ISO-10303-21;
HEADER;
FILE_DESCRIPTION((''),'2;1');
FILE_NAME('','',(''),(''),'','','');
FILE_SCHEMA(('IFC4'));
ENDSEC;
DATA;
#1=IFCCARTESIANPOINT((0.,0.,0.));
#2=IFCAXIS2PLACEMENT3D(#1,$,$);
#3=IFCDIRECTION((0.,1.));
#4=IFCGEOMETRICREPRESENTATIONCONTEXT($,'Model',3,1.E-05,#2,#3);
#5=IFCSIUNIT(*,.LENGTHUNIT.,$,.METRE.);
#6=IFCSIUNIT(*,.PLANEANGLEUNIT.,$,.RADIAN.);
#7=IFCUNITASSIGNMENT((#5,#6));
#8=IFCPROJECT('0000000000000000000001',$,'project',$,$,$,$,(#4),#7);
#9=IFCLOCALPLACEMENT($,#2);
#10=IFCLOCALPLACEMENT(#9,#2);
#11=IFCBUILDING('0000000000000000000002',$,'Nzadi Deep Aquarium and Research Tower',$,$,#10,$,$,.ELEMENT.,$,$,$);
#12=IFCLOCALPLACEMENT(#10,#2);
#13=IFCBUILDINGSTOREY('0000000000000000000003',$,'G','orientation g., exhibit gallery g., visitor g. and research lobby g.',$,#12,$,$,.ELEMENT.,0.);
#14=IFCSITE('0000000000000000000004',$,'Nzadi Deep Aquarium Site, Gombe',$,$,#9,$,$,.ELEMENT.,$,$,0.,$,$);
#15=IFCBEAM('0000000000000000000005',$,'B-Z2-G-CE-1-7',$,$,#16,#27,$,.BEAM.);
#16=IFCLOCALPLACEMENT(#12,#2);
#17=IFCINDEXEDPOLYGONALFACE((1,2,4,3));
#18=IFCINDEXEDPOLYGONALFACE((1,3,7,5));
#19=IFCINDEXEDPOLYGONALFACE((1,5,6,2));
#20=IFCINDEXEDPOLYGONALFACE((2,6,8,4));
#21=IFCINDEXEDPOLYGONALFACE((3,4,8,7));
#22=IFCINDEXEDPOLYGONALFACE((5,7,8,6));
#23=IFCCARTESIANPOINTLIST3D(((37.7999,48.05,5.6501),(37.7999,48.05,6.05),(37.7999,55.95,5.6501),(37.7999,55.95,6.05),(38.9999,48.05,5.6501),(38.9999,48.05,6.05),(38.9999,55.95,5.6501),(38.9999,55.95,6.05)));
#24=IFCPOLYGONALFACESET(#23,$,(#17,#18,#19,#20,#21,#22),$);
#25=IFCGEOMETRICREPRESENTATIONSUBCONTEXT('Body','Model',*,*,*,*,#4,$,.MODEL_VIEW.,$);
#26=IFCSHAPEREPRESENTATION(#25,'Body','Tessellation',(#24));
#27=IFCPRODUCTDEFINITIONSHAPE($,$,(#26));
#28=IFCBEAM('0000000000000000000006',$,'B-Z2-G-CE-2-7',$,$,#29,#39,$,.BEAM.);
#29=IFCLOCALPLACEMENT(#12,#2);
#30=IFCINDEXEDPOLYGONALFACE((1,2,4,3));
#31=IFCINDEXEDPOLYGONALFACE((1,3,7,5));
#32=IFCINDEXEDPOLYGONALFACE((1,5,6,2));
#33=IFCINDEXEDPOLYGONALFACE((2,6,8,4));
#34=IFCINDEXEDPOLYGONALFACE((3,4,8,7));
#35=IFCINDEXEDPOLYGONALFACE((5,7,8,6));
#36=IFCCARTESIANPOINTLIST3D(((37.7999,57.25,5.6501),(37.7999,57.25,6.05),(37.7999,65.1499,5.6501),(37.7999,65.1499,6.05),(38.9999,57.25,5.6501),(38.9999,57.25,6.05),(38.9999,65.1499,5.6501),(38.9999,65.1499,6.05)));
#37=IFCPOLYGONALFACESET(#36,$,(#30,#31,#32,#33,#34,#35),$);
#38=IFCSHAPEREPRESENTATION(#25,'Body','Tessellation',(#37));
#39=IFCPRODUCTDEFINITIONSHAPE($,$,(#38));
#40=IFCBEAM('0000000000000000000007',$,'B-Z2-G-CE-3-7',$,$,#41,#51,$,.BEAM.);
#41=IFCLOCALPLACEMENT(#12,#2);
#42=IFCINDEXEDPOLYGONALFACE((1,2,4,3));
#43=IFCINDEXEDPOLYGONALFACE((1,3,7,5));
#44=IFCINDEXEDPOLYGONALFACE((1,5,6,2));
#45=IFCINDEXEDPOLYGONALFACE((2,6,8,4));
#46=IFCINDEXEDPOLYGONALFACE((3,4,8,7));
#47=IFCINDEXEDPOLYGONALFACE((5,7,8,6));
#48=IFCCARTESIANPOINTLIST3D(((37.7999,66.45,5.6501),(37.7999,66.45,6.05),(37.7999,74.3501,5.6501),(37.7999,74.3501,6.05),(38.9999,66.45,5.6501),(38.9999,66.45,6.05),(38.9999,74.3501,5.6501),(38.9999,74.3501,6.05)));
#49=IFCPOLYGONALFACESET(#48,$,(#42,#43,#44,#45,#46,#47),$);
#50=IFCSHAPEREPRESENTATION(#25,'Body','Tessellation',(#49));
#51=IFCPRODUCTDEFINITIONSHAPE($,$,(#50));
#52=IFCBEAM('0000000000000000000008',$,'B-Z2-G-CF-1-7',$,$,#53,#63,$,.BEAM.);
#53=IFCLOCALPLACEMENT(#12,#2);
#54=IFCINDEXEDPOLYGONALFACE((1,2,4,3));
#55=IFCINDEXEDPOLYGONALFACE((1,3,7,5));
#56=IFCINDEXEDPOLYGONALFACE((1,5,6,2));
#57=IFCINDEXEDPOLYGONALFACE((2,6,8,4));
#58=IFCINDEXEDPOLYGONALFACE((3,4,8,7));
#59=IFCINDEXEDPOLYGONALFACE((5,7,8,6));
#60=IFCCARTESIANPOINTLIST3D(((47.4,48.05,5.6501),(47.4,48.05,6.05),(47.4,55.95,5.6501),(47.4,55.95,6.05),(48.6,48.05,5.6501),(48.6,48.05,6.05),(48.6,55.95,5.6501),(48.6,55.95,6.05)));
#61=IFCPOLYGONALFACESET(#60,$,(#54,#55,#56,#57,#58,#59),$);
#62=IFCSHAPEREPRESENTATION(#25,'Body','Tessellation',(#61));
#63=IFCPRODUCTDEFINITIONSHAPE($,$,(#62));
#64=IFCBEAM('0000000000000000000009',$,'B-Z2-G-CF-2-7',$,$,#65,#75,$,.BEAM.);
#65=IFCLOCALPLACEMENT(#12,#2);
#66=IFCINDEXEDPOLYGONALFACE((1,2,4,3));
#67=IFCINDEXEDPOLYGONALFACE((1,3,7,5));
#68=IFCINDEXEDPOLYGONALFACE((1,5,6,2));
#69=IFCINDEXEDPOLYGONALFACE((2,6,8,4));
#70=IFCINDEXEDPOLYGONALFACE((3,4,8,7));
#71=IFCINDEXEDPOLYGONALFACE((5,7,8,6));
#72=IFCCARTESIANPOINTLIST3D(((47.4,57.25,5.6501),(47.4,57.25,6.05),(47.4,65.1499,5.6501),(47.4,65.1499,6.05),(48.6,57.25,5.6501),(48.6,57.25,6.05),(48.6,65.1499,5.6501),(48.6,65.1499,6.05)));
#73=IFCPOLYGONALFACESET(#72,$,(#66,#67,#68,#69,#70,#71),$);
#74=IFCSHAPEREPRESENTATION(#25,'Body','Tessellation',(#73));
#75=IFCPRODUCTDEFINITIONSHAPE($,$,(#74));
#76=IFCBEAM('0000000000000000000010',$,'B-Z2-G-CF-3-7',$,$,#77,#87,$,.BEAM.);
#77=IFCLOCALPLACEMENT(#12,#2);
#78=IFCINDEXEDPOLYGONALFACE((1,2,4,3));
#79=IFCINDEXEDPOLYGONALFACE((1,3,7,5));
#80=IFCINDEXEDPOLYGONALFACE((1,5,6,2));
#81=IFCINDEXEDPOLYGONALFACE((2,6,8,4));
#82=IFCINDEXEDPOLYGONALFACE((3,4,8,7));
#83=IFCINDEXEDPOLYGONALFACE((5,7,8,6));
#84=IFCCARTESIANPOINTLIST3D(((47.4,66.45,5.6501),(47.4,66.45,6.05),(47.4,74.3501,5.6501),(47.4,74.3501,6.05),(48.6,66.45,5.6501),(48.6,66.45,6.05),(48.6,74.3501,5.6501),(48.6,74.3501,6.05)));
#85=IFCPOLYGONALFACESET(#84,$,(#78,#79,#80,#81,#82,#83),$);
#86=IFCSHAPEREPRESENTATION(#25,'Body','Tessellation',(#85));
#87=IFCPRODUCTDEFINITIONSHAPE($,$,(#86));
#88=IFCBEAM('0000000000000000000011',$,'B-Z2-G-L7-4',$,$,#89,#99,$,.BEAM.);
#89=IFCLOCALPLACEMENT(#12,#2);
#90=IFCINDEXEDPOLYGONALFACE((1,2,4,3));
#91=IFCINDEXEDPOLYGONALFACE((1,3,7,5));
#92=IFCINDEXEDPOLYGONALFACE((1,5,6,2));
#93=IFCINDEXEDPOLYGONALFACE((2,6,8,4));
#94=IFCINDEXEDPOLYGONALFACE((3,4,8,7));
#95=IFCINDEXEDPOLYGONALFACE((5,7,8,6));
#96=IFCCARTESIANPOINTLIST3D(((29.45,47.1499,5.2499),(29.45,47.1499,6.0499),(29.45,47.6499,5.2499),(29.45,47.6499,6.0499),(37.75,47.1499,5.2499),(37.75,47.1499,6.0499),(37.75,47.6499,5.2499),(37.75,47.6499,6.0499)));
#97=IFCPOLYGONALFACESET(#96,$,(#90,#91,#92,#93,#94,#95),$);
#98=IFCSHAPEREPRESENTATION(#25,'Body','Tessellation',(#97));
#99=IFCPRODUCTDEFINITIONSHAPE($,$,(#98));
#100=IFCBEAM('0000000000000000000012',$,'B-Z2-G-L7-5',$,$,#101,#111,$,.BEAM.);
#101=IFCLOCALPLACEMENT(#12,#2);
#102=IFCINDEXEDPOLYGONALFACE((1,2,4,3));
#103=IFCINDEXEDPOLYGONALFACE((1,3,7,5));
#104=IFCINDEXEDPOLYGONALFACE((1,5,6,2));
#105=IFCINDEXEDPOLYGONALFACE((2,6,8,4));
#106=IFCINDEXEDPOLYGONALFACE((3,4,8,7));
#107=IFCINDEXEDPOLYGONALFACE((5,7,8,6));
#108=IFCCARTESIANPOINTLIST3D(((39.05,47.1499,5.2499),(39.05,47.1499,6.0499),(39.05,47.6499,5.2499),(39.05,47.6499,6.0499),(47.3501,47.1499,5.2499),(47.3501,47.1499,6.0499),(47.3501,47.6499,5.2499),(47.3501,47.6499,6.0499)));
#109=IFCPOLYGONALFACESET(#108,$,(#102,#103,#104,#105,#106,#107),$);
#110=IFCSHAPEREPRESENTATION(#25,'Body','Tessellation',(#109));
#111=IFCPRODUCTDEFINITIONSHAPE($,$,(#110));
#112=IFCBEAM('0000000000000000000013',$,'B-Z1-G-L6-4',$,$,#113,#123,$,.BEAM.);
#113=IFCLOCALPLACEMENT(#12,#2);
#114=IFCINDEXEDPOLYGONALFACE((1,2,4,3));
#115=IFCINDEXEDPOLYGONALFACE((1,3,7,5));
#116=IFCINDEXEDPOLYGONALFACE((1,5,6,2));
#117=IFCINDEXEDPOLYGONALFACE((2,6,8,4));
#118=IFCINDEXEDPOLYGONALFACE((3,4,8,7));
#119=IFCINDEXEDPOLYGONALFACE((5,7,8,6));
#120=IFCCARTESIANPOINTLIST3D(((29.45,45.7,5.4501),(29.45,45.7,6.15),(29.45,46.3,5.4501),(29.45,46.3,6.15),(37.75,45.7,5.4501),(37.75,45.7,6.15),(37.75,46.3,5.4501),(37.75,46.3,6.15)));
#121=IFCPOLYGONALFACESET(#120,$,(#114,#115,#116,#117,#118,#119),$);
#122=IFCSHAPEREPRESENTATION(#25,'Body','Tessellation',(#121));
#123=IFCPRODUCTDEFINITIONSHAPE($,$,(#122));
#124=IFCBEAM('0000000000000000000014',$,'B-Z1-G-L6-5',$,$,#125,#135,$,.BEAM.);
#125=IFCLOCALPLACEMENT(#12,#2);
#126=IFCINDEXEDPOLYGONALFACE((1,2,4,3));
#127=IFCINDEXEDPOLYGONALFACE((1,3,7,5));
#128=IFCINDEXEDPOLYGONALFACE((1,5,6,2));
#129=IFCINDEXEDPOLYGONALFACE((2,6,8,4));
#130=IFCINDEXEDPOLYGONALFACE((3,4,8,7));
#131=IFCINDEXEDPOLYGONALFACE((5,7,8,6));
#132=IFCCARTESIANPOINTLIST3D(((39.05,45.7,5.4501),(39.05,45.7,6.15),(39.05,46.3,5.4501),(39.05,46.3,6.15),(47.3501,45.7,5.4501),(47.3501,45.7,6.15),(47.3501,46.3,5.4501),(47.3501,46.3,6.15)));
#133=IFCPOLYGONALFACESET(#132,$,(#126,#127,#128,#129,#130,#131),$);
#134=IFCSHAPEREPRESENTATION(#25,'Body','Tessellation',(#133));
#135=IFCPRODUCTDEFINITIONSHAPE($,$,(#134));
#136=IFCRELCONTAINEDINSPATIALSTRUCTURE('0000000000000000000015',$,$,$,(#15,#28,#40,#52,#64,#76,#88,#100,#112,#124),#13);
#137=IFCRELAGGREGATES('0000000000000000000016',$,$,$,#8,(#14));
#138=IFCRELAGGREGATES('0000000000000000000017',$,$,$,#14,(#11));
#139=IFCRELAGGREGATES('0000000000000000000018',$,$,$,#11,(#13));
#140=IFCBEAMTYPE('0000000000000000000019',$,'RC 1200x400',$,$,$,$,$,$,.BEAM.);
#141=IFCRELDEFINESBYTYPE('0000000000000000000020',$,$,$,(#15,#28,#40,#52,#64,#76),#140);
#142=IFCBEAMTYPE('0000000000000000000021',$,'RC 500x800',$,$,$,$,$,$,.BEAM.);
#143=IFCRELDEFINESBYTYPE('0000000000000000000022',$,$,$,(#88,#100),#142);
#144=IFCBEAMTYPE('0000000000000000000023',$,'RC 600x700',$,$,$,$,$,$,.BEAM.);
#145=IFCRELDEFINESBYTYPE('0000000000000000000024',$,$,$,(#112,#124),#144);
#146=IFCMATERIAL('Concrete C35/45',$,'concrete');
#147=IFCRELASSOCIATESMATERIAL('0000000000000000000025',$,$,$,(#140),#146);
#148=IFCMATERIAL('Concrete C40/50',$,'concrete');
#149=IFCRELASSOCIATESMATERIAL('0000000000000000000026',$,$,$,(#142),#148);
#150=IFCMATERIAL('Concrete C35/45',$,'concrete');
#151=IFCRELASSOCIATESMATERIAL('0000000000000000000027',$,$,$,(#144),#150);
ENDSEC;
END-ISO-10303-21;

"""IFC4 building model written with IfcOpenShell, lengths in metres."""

from ifc_helpers import new_model, si_unit, direction, frame, origin, origin_2d, place, context, subcontext, project, spatial, rectangle, extrude, material, material_profile, profile_set, type_object, element, save


model = new_model("IFC4")

# Units and contexts
model_context = context("Model", 3, precision=1e-05, world=origin(), true_north=direction((0.0, 1.0)))
body_context = subcontext(model_context, "Body", "Model", "MODEL_VIEW")
ifc_project = project(units=[si_unit("LENGTHUNIT", "METRE"), si_unit("PLANEANGLEUNIT", "RADIAN")], contexts=[model_context])

# Site, building, storey
site_placement = place(None, origin())
site = spatial("IfcSite", under=ifc_project, at=site_placement, Name="Nzadi Deep Aquarium Site, Gombe", CompositionType="ELEMENT", RefElevation=0.0)
building_placement = place(site_placement, origin())
building = spatial("IfcBuilding", under=site, at=building_placement, Name="Nzadi Deep Aquarium and Research Tower", CompositionType="ELEMENT")
storey_placement = place(building_placement, origin())
storey = spatial("IfcBuildingStorey", under=building, at=storey_placement, Name="G", Description="orientation g., exhibit gallery g., visitor g. and research lobby g.", CompositionType="ELEMENT", Elevation=0.0)

# Beams
ifc_material_1 = material(Name="Concrete C35/45", Category="concrete")
ifc_material_profile_1 = material_profile(ifc_material_1, rectangle(XDim=1.2, YDim=0.3999, at=origin_2d()))
ifc_profile_set_1 = profile_set([ifc_material_profile_1], Name="Concrete C35/45")
beam_type_1 = type_object("IfcBeamType", Name="RC 1200x400", PredefinedType="BEAM", material=ifc_profile_set_1)
for number, where, z_axis, x_axis, name in (
    (1, (38.3999, 48.05, 5.8501), (0.0, 1.0, 0.0), (-1.0, 0.0, 0.0), "B-Z2-G-CE-1-7"),
    (2, (38.3999, 57.25, 5.8501), (0.0, 1.0, 0.0), (-1.0, 0.0, 0.0), "B-Z2-G-CE-2-7"),
):
    element("IfcBeam", number, at=place(storey_placement, frame(where, z_axis=z_axis, x_axis=x_axis)), inside=storey, type_object=beam_type_1, Name=name, PredefinedType="BEAM", context=body_context, shape_type="SweptSolid", body=[
        extrude(rectangle(XDim=1.2, YDim=0.3999, at=origin_2d()), origin(), (0.0, 0.0, 1.0), 7.8999),
    ])
beam_1_placement = place(storey_placement, frame((38.3999, 66.45, 5.8501), z_axis=(0.0, 1.0, 0.0), x_axis=(-1.0, 0.0, 0.0)))
element("IfcBeam", 3, at=beam_1_placement, inside=storey, type_object=beam_type_1, Name="B-Z2-G-CE-3-7", PredefinedType="BEAM", context=body_context, shape_type="SweptSolid", body=[
    extrude(rectangle(XDim=1.2, YDim=0.3999, at=origin_2d()), origin(), (0.0, 0.0, 1.0), 7.9001),
])
for number, where, z_axis, x_axis, name in (
    (4, (48.0, 48.05, 5.8501), (0.0, 1.0, 0.0), (-1.0, 0.0, 0.0), "B-Z2-G-CF-1-7"),
    (5, (48.0, 57.25, 5.8501), (0.0, 1.0, 0.0), (-1.0, 0.0, 0.0), "B-Z2-G-CF-2-7"),
):
    element("IfcBeam", number, at=place(storey_placement, frame(where, z_axis=z_axis, x_axis=x_axis)), inside=storey, type_object=beam_type_1, Name=name, PredefinedType="BEAM", context=body_context, shape_type="SweptSolid", body=[
        extrude(rectangle(XDim=1.2, YDim=0.3999, at=origin_2d()), origin(), (0.0, 0.0, 1.0), 7.8999),
    ])
beam_2_placement = place(storey_placement, frame((48.0, 66.45, 5.8501), z_axis=(0.0, 1.0, 0.0), x_axis=(-1.0, 0.0, 0.0)))
element("IfcBeam", 6, at=beam_2_placement, inside=storey, type_object=beam_type_1, Name="B-Z2-G-CF-3-7", PredefinedType="BEAM", context=body_context, shape_type="SweptSolid", body=[
    extrude(rectangle(XDim=1.2, YDim=0.3999, at=origin_2d()), origin(), (0.0, 0.0, 1.0), 7.9001),
])
ifc_material_2 = material(Name="Concrete C40/50", Category="concrete")
ifc_material_profile_2 = material_profile(ifc_material_2, rectangle(XDim=0.5, YDim=0.8, at=origin_2d()))
ifc_profile_set_2 = profile_set([ifc_material_profile_2], Name="Concrete C40/50")
beam_type_2 = type_object("IfcBeamType", Name="RC 500x800", PredefinedType="BEAM", material=ifc_profile_set_2)
for number, where, z_axis, x_axis, name in (
    (7, (29.45, 47.3999, 5.6499), (1.0, 0.0, 0.0), (0.0, 1.0, 0.0), "B-Z2-G-L7-4"),
    (8, (39.05, 47.3999, 5.6499), (1.0, 0.0, 0.0), (0.0, 1.0, 0.0), "B-Z2-G-L7-5"),
):
    element("IfcBeam", number, at=place(storey_placement, frame(where, z_axis=z_axis, x_axis=x_axis)), inside=storey, type_object=beam_type_2, Name=name, PredefinedType="BEAM", context=body_context, shape_type="SweptSolid", body=[
        extrude(rectangle(XDim=0.5, YDim=0.8, at=origin_2d()), origin(), (0.0, 0.0, 1.0), 8.3),
    ])
ifc_material_3 = material(Name="Concrete C35/45", Category="concrete")
ifc_material_profile_3 = material_profile(ifc_material_3, rectangle(XDim=0.6001, YDim=0.7, at=origin_2d()))
ifc_profile_set_3 = profile_set([ifc_material_profile_3], Name="Concrete C35/45")
beam_type_3 = type_object("IfcBeamType", Name="RC 600x700", PredefinedType="BEAM", material=ifc_profile_set_3)
for number, where, z_axis, x_axis, name in (
    (9, (29.45, 46.0, 5.8), (1.0, 0.0, 0.0), (0.0, 1.0, 0.0), "B-Z1-G-L6-4"),
    (10, (39.05, 46.0, 5.8), (1.0, 0.0, 0.0), (0.0, 1.0, 0.0), "B-Z1-G-L6-5"),
):
    element("IfcBeam", number, at=place(storey_placement, frame(where, z_axis=z_axis, x_axis=x_axis)), inside=storey, type_object=beam_type_3, Name=name, PredefinedType="BEAM", context=body_context, shape_type="SweptSolid", body=[
        extrude(rectangle(XDim=0.6001, YDim=0.7, at=origin_2d()), origin(), (0.0, 0.0, 1.0), 8.3),
    ])

save(model, "model.ifc")
